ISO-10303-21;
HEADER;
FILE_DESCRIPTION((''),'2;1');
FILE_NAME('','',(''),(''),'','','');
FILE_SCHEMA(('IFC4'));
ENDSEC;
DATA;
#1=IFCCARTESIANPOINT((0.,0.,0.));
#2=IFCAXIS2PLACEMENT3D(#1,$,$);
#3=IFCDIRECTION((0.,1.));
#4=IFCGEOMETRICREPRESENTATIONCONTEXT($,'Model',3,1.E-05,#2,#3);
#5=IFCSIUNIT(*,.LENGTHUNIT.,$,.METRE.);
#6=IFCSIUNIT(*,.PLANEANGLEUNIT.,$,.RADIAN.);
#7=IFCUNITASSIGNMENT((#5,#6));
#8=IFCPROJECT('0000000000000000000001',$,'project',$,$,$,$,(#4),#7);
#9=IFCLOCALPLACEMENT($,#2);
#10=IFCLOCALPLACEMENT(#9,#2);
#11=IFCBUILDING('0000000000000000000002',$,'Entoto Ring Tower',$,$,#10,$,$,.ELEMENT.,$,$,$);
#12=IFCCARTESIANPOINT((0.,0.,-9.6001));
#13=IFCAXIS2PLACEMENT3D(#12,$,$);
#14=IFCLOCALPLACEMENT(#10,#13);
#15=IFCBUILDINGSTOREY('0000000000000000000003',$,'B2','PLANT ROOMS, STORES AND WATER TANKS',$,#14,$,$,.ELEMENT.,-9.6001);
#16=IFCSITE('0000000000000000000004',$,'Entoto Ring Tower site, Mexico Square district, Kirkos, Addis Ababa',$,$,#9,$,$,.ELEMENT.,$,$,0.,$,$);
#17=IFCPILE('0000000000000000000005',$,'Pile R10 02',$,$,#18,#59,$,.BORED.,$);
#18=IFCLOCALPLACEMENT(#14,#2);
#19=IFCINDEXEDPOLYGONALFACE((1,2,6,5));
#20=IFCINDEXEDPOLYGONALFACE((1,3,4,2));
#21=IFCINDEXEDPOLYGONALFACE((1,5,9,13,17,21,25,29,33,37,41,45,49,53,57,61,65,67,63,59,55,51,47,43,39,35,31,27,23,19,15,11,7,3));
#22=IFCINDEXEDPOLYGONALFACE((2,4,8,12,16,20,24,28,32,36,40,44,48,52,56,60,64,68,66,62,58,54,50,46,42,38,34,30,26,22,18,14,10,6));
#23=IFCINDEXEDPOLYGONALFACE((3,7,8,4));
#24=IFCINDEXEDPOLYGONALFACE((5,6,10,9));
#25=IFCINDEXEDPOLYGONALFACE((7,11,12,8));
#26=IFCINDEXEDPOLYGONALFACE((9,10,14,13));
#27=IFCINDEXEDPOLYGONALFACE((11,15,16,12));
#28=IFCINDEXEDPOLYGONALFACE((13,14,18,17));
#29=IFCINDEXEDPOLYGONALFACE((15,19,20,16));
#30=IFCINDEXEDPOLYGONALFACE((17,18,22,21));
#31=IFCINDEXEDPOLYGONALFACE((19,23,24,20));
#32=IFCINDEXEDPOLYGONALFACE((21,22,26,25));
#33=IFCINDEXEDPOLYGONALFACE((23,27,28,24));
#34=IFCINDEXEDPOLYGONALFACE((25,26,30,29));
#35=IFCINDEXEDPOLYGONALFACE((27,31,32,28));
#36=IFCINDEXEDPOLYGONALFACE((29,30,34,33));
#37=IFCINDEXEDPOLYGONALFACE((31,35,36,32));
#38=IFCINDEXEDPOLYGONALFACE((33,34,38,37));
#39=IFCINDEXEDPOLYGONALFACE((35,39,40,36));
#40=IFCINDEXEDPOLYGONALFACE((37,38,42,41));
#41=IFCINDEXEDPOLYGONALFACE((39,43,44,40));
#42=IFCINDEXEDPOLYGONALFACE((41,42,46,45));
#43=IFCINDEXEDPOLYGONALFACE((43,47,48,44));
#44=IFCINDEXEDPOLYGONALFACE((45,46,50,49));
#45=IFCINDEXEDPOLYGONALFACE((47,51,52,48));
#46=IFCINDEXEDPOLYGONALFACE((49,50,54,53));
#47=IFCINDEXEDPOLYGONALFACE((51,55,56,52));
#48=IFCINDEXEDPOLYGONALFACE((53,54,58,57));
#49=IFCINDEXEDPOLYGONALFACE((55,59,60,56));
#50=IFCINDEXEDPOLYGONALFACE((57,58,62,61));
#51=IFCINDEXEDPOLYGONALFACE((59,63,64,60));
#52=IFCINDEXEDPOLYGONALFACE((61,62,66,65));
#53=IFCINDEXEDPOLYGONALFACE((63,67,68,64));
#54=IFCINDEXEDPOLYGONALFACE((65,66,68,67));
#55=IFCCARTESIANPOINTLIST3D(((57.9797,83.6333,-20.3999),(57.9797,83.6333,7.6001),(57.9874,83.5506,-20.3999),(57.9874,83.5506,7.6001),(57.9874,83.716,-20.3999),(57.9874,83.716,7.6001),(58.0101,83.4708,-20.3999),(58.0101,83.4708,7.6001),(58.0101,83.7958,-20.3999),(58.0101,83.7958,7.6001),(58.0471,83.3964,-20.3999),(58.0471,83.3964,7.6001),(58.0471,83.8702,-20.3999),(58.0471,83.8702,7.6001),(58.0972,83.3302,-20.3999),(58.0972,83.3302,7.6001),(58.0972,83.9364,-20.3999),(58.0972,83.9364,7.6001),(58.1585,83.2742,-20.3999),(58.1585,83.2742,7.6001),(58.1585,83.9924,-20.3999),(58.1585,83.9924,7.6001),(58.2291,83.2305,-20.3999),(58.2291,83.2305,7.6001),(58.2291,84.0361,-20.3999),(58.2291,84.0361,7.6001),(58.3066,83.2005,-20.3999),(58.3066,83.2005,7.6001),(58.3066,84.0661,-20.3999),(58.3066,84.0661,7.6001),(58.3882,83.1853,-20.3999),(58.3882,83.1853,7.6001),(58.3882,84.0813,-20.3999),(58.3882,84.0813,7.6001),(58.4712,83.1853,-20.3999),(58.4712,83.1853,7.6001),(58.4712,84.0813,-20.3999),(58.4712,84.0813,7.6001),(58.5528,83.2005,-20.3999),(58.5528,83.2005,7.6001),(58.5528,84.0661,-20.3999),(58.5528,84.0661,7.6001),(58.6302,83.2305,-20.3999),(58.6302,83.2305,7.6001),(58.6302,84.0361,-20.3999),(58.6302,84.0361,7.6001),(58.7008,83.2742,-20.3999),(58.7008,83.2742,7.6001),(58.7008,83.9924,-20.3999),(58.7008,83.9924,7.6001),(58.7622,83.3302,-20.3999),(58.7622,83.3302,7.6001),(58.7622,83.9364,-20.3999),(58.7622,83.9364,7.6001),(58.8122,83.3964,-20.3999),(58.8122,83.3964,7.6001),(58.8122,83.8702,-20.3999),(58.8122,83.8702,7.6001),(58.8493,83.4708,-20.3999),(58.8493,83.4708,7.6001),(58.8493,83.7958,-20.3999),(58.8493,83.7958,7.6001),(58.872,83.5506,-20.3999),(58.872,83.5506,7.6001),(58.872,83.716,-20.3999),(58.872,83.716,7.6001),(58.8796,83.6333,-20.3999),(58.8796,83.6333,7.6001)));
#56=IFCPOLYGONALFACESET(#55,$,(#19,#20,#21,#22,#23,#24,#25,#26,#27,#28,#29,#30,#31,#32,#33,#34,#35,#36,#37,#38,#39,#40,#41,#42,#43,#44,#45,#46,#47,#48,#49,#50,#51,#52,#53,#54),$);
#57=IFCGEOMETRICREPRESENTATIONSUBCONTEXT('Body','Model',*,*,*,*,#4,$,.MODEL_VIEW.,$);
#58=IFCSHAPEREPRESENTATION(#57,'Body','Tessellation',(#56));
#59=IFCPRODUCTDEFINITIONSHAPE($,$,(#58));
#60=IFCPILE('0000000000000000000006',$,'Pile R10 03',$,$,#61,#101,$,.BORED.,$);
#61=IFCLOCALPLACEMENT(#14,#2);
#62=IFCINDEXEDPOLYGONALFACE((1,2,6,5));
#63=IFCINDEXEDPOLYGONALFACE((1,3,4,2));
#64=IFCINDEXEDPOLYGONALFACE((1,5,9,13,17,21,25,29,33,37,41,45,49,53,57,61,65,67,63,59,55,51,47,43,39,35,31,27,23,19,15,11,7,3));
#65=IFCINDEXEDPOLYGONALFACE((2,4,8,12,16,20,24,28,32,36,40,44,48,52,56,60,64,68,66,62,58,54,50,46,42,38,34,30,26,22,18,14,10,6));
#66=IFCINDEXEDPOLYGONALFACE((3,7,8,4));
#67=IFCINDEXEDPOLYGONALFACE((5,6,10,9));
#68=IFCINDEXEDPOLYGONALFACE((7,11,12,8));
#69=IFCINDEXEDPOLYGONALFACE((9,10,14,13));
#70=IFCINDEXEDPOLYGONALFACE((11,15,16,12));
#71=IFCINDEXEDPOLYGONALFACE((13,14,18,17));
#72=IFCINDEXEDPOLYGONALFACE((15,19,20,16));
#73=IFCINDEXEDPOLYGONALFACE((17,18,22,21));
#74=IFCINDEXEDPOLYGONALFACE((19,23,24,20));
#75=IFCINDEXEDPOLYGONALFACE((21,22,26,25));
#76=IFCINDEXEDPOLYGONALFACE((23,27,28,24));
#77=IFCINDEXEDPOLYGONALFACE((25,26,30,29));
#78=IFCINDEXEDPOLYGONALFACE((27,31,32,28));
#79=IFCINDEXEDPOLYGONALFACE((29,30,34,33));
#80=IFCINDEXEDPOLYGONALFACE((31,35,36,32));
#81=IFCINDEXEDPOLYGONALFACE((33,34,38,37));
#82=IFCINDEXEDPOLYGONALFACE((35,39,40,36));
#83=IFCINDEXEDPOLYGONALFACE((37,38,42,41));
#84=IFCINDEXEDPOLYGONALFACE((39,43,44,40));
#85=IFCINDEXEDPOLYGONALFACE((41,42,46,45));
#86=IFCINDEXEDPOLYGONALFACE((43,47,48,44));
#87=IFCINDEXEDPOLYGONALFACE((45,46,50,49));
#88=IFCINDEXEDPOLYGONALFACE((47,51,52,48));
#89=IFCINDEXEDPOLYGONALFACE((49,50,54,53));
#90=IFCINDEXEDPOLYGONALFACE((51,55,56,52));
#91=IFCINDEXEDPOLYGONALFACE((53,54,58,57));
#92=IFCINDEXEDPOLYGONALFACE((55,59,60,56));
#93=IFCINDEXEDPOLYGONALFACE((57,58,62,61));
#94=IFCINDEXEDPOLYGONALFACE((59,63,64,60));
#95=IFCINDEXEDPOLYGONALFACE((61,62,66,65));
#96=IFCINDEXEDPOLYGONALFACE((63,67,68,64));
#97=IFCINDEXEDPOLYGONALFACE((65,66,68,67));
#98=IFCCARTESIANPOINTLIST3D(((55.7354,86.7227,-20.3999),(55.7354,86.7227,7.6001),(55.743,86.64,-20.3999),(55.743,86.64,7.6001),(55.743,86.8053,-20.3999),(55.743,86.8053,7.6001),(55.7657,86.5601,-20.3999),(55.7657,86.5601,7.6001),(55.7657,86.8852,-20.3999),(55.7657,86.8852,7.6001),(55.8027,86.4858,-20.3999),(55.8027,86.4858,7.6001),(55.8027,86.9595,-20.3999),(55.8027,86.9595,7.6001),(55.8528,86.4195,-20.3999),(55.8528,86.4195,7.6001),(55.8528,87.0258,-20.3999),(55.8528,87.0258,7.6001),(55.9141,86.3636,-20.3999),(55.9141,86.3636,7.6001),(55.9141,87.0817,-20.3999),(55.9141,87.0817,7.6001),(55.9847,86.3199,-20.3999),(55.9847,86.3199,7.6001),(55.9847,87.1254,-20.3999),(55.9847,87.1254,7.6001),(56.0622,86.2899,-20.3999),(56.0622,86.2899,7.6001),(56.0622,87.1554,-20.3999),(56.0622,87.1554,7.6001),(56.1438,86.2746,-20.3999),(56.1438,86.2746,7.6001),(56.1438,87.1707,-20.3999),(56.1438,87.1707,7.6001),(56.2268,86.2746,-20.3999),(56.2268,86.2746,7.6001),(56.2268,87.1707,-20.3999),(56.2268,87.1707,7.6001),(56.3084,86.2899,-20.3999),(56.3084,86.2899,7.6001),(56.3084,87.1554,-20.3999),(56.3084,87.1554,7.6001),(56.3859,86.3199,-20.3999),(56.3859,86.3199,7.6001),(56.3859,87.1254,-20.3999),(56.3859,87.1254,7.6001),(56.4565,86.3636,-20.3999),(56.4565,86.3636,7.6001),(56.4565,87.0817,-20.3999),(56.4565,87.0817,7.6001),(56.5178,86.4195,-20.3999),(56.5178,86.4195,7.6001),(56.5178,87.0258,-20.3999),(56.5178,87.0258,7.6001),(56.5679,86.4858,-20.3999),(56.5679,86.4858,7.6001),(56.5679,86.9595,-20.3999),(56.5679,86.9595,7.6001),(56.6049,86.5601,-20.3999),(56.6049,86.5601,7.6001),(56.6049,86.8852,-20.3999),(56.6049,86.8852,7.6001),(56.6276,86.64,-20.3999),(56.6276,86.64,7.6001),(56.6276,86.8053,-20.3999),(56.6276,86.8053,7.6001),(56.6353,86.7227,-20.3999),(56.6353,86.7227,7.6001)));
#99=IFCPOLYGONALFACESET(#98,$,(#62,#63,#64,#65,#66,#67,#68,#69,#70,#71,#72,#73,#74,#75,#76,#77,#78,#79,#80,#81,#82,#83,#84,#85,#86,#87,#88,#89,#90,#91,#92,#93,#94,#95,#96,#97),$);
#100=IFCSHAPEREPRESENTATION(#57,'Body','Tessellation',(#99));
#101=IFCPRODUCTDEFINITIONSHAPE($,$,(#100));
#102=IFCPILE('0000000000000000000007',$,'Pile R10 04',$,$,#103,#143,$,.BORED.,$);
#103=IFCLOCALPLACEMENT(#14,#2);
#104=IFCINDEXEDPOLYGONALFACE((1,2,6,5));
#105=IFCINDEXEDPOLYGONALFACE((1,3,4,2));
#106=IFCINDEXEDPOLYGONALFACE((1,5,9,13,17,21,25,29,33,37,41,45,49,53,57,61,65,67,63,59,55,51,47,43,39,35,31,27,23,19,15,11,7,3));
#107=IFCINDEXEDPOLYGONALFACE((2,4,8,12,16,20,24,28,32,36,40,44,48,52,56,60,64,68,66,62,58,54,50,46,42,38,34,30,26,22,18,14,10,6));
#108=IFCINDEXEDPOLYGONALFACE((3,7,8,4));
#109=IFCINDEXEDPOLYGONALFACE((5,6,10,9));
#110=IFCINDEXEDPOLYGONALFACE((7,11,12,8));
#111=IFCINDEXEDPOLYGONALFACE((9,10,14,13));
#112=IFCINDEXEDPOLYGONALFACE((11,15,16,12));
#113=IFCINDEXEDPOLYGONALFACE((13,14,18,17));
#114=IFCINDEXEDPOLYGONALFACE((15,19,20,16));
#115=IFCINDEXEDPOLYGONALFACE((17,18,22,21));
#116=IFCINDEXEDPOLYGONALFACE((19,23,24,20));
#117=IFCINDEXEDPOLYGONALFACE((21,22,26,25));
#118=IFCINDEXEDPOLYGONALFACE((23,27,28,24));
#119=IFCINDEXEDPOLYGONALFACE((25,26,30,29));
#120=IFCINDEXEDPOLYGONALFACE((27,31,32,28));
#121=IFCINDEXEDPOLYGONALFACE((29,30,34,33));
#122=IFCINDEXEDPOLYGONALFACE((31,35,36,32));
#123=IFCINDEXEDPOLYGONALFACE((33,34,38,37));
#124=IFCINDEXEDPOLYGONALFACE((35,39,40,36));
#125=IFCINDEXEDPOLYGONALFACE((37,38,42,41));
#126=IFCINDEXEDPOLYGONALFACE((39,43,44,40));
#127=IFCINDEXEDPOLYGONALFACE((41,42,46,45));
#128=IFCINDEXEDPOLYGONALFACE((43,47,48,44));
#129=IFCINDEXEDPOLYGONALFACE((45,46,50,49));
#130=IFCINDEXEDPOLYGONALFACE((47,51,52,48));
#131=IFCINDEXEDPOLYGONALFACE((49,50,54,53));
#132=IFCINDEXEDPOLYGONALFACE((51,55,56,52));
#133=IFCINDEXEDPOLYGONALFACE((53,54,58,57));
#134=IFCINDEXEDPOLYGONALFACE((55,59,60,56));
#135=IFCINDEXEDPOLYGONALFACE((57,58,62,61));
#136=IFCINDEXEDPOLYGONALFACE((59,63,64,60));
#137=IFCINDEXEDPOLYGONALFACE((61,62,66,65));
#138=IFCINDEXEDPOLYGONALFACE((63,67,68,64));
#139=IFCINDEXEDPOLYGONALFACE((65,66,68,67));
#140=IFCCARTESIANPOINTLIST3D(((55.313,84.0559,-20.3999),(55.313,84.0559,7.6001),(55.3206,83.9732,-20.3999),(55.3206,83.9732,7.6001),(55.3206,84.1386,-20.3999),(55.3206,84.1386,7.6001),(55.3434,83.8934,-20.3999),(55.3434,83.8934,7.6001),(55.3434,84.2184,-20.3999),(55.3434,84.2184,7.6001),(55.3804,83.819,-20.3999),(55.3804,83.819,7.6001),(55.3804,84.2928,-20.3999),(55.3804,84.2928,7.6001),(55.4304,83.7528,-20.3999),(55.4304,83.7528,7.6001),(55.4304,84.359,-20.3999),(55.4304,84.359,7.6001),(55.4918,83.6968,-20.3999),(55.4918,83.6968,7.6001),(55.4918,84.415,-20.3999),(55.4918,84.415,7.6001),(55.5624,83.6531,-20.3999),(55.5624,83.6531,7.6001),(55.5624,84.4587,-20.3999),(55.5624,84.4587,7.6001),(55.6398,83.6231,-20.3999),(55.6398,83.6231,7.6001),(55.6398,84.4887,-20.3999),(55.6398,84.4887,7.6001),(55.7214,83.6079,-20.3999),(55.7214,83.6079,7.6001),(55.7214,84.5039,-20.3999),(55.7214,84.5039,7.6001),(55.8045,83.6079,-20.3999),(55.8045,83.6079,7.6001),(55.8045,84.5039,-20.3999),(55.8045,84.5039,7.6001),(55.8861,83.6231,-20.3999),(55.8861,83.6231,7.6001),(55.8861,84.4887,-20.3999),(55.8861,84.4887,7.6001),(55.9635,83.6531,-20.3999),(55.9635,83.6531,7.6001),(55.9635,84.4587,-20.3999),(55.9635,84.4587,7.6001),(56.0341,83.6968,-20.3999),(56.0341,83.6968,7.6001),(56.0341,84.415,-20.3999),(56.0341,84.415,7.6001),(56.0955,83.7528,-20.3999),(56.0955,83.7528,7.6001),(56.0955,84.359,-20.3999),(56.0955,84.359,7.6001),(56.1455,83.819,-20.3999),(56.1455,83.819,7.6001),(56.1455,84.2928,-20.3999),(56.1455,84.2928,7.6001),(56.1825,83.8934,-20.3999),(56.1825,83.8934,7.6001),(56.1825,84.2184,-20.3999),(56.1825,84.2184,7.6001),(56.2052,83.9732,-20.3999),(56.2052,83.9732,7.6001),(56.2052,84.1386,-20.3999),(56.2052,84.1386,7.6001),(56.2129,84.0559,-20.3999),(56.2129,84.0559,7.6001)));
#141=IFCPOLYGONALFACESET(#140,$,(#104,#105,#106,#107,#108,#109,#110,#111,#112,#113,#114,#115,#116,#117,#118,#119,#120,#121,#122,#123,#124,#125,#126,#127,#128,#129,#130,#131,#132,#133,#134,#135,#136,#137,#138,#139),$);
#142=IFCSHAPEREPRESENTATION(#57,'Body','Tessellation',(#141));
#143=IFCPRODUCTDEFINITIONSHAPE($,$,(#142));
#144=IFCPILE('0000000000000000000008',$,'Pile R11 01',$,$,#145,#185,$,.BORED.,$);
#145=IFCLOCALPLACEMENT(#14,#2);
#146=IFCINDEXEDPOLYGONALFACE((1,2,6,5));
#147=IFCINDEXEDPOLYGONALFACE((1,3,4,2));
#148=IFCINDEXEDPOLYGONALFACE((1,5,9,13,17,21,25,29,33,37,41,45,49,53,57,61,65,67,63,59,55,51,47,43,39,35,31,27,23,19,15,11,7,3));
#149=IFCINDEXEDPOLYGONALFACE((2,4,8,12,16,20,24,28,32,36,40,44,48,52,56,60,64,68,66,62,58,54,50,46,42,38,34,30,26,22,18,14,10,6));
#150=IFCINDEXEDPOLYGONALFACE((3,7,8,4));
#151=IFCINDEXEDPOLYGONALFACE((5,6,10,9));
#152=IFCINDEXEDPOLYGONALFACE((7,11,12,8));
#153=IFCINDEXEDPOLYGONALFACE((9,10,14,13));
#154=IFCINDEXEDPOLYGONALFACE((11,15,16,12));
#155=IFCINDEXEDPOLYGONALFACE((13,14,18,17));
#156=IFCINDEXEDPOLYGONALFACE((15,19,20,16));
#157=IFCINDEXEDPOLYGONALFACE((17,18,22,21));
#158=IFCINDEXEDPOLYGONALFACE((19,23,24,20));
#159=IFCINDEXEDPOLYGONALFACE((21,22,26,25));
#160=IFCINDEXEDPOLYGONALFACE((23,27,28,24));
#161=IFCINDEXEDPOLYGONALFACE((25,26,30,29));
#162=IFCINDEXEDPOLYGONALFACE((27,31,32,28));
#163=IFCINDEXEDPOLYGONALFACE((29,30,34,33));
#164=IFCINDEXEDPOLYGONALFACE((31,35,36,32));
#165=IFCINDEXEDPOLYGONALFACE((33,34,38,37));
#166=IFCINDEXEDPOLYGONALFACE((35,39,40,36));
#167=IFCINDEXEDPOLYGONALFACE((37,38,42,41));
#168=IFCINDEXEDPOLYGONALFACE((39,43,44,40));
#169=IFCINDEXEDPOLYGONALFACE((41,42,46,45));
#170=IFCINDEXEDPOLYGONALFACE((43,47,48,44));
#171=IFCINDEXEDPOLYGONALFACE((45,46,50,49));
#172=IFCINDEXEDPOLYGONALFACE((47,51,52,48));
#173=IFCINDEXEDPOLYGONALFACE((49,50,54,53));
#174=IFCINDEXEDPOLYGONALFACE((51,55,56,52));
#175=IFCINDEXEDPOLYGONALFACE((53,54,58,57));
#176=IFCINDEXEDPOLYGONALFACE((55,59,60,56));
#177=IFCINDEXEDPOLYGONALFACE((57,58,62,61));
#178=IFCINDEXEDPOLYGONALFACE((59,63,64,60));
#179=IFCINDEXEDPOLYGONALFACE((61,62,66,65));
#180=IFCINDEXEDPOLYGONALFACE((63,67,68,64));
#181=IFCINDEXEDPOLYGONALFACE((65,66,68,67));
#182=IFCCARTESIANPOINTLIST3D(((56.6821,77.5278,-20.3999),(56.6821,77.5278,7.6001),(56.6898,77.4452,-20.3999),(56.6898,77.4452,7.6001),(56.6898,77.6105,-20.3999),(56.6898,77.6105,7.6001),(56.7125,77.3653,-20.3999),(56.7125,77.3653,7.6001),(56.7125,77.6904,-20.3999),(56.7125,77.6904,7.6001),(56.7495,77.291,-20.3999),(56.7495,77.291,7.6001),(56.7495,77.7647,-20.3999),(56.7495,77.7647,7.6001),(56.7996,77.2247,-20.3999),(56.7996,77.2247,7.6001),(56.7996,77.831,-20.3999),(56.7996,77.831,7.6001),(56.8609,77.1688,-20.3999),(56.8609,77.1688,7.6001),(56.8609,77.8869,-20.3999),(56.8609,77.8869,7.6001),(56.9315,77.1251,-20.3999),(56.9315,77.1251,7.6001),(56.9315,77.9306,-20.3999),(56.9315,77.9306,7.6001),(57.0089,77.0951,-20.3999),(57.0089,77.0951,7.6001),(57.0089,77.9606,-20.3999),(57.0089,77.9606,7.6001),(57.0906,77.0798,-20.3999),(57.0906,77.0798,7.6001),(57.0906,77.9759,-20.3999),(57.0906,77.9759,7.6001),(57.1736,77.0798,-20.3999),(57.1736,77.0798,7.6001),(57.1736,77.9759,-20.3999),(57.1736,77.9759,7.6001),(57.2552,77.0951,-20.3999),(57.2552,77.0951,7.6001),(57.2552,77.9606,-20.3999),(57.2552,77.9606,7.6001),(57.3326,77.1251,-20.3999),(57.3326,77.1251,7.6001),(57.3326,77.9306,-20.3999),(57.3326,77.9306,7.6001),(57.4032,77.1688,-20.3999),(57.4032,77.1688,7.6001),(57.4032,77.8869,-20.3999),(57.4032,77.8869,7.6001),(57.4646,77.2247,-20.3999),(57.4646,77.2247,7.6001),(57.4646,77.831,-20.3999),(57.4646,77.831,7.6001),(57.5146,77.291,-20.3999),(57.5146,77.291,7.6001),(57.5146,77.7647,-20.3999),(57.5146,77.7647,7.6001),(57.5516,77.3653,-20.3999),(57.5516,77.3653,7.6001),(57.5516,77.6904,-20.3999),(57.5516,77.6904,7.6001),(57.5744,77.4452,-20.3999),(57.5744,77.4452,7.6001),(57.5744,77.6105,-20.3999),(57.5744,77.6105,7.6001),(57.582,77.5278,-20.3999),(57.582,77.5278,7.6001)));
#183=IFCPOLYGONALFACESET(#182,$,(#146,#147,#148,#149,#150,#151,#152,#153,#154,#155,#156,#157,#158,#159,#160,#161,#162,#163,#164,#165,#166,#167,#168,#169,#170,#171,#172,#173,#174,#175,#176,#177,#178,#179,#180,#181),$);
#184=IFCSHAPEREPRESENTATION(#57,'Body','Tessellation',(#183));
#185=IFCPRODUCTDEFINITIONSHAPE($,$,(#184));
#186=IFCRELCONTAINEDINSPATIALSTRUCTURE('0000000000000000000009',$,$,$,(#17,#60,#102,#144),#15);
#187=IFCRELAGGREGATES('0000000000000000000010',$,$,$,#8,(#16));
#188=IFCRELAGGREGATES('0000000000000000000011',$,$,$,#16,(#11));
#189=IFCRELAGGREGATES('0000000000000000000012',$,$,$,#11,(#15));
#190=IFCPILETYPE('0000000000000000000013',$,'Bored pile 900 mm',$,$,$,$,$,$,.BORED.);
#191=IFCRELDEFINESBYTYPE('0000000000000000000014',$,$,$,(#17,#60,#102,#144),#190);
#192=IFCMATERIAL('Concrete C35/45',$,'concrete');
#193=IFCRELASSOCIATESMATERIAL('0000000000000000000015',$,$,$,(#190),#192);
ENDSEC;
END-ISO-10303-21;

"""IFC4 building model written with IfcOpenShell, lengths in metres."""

from ifc_helpers import new_model, si_unit, direction, frame, origin, origin_2d, place, context, subcontext, project, spatial, circle, extrude, material, material_profile, profile_set, type_object, element, save


model = new_model("IFC4")

# Units and contexts
model_context = context("Model", 3, precision=1e-05, world=origin(), true_north=direction((0.0, 1.0)))
body_context = subcontext(model_context, "Body", "Model", "MODEL_VIEW")
ifc_project = project(units=[si_unit("LENGTHUNIT", "METRE"), si_unit("PLANEANGLEUNIT", "RADIAN")], contexts=[model_context])

# Site, building, storey
site_placement = place(None, origin())
site = spatial("IfcSite", under=ifc_project, at=site_placement, Name="Entoto Ring Tower site, Mexico Square district, Kirkos, Addis Ababa", CompositionType="ELEMENT", RefElevation=0.0)
building_placement = place(site_placement, origin())
building = spatial("IfcBuilding", under=site, at=building_placement, Name="Entoto Ring Tower", CompositionType="ELEMENT")
storey_placement = place(building_placement, frame((0.0, 0.0, -9.6001)))
storey = spatial("IfcBuildingStorey", under=building, at=storey_placement, Name="B2", Description="PLANT ROOMS, STORES AND WATER TANKS", CompositionType="ELEMENT", Elevation=-9.6001)

# Piles
ifc_material_1 = material(Name="Concrete C35/45", Category="concrete")
ifc_material_profile_1 = material_profile(ifc_material_1, circle(Radius=0.45, at=origin_2d()), Name="Bored pile 900 mm")
ifc_profile_set_1 = profile_set([ifc_material_profile_1], Name="Concrete C35/45")
pile_type_1 = type_object("IfcPileType", Name="Bored pile 900 mm", PredefinedType="BORED", material=ifc_profile_set_1)
for number, where, z_axis, x_axis, name in (
    (1, (58.4297, 83.6333, 7.6001), (0.0, 0.0, -1.0), (1.0, 0.0, 0.0), "Pile R10 02"),
    (2, (56.1853, 86.7227, 7.6001), (0.0, 0.0, -1.0), (1.0, 0.0, 0.0), "Pile R10 03"),
    (3, (55.7629, 84.0559, 7.6001), (0.0, 0.0, -1.0), (1.0, 0.0, 0.0), "Pile R10 04"),
    (4, (57.1321, 77.5278, 7.6001), (0.0, 0.0, -1.0), (1.0, 0.0, 0.0), "Pile R11 01"),
):
    element("IfcPile", number, at=place(storey_placement, frame(where, z_axis=z_axis, x_axis=x_axis)), inside=storey, type_object=pile_type_1, Name=name, PredefinedType="BORED", context=body_context, shape_type="SweptSolid", body=[
        extrude(circle(Radius=0.45, at=origin_2d()), origin(), (0.0, 0.0, 1.0), 28.0),
    ])

save(model, "model.ifc")
